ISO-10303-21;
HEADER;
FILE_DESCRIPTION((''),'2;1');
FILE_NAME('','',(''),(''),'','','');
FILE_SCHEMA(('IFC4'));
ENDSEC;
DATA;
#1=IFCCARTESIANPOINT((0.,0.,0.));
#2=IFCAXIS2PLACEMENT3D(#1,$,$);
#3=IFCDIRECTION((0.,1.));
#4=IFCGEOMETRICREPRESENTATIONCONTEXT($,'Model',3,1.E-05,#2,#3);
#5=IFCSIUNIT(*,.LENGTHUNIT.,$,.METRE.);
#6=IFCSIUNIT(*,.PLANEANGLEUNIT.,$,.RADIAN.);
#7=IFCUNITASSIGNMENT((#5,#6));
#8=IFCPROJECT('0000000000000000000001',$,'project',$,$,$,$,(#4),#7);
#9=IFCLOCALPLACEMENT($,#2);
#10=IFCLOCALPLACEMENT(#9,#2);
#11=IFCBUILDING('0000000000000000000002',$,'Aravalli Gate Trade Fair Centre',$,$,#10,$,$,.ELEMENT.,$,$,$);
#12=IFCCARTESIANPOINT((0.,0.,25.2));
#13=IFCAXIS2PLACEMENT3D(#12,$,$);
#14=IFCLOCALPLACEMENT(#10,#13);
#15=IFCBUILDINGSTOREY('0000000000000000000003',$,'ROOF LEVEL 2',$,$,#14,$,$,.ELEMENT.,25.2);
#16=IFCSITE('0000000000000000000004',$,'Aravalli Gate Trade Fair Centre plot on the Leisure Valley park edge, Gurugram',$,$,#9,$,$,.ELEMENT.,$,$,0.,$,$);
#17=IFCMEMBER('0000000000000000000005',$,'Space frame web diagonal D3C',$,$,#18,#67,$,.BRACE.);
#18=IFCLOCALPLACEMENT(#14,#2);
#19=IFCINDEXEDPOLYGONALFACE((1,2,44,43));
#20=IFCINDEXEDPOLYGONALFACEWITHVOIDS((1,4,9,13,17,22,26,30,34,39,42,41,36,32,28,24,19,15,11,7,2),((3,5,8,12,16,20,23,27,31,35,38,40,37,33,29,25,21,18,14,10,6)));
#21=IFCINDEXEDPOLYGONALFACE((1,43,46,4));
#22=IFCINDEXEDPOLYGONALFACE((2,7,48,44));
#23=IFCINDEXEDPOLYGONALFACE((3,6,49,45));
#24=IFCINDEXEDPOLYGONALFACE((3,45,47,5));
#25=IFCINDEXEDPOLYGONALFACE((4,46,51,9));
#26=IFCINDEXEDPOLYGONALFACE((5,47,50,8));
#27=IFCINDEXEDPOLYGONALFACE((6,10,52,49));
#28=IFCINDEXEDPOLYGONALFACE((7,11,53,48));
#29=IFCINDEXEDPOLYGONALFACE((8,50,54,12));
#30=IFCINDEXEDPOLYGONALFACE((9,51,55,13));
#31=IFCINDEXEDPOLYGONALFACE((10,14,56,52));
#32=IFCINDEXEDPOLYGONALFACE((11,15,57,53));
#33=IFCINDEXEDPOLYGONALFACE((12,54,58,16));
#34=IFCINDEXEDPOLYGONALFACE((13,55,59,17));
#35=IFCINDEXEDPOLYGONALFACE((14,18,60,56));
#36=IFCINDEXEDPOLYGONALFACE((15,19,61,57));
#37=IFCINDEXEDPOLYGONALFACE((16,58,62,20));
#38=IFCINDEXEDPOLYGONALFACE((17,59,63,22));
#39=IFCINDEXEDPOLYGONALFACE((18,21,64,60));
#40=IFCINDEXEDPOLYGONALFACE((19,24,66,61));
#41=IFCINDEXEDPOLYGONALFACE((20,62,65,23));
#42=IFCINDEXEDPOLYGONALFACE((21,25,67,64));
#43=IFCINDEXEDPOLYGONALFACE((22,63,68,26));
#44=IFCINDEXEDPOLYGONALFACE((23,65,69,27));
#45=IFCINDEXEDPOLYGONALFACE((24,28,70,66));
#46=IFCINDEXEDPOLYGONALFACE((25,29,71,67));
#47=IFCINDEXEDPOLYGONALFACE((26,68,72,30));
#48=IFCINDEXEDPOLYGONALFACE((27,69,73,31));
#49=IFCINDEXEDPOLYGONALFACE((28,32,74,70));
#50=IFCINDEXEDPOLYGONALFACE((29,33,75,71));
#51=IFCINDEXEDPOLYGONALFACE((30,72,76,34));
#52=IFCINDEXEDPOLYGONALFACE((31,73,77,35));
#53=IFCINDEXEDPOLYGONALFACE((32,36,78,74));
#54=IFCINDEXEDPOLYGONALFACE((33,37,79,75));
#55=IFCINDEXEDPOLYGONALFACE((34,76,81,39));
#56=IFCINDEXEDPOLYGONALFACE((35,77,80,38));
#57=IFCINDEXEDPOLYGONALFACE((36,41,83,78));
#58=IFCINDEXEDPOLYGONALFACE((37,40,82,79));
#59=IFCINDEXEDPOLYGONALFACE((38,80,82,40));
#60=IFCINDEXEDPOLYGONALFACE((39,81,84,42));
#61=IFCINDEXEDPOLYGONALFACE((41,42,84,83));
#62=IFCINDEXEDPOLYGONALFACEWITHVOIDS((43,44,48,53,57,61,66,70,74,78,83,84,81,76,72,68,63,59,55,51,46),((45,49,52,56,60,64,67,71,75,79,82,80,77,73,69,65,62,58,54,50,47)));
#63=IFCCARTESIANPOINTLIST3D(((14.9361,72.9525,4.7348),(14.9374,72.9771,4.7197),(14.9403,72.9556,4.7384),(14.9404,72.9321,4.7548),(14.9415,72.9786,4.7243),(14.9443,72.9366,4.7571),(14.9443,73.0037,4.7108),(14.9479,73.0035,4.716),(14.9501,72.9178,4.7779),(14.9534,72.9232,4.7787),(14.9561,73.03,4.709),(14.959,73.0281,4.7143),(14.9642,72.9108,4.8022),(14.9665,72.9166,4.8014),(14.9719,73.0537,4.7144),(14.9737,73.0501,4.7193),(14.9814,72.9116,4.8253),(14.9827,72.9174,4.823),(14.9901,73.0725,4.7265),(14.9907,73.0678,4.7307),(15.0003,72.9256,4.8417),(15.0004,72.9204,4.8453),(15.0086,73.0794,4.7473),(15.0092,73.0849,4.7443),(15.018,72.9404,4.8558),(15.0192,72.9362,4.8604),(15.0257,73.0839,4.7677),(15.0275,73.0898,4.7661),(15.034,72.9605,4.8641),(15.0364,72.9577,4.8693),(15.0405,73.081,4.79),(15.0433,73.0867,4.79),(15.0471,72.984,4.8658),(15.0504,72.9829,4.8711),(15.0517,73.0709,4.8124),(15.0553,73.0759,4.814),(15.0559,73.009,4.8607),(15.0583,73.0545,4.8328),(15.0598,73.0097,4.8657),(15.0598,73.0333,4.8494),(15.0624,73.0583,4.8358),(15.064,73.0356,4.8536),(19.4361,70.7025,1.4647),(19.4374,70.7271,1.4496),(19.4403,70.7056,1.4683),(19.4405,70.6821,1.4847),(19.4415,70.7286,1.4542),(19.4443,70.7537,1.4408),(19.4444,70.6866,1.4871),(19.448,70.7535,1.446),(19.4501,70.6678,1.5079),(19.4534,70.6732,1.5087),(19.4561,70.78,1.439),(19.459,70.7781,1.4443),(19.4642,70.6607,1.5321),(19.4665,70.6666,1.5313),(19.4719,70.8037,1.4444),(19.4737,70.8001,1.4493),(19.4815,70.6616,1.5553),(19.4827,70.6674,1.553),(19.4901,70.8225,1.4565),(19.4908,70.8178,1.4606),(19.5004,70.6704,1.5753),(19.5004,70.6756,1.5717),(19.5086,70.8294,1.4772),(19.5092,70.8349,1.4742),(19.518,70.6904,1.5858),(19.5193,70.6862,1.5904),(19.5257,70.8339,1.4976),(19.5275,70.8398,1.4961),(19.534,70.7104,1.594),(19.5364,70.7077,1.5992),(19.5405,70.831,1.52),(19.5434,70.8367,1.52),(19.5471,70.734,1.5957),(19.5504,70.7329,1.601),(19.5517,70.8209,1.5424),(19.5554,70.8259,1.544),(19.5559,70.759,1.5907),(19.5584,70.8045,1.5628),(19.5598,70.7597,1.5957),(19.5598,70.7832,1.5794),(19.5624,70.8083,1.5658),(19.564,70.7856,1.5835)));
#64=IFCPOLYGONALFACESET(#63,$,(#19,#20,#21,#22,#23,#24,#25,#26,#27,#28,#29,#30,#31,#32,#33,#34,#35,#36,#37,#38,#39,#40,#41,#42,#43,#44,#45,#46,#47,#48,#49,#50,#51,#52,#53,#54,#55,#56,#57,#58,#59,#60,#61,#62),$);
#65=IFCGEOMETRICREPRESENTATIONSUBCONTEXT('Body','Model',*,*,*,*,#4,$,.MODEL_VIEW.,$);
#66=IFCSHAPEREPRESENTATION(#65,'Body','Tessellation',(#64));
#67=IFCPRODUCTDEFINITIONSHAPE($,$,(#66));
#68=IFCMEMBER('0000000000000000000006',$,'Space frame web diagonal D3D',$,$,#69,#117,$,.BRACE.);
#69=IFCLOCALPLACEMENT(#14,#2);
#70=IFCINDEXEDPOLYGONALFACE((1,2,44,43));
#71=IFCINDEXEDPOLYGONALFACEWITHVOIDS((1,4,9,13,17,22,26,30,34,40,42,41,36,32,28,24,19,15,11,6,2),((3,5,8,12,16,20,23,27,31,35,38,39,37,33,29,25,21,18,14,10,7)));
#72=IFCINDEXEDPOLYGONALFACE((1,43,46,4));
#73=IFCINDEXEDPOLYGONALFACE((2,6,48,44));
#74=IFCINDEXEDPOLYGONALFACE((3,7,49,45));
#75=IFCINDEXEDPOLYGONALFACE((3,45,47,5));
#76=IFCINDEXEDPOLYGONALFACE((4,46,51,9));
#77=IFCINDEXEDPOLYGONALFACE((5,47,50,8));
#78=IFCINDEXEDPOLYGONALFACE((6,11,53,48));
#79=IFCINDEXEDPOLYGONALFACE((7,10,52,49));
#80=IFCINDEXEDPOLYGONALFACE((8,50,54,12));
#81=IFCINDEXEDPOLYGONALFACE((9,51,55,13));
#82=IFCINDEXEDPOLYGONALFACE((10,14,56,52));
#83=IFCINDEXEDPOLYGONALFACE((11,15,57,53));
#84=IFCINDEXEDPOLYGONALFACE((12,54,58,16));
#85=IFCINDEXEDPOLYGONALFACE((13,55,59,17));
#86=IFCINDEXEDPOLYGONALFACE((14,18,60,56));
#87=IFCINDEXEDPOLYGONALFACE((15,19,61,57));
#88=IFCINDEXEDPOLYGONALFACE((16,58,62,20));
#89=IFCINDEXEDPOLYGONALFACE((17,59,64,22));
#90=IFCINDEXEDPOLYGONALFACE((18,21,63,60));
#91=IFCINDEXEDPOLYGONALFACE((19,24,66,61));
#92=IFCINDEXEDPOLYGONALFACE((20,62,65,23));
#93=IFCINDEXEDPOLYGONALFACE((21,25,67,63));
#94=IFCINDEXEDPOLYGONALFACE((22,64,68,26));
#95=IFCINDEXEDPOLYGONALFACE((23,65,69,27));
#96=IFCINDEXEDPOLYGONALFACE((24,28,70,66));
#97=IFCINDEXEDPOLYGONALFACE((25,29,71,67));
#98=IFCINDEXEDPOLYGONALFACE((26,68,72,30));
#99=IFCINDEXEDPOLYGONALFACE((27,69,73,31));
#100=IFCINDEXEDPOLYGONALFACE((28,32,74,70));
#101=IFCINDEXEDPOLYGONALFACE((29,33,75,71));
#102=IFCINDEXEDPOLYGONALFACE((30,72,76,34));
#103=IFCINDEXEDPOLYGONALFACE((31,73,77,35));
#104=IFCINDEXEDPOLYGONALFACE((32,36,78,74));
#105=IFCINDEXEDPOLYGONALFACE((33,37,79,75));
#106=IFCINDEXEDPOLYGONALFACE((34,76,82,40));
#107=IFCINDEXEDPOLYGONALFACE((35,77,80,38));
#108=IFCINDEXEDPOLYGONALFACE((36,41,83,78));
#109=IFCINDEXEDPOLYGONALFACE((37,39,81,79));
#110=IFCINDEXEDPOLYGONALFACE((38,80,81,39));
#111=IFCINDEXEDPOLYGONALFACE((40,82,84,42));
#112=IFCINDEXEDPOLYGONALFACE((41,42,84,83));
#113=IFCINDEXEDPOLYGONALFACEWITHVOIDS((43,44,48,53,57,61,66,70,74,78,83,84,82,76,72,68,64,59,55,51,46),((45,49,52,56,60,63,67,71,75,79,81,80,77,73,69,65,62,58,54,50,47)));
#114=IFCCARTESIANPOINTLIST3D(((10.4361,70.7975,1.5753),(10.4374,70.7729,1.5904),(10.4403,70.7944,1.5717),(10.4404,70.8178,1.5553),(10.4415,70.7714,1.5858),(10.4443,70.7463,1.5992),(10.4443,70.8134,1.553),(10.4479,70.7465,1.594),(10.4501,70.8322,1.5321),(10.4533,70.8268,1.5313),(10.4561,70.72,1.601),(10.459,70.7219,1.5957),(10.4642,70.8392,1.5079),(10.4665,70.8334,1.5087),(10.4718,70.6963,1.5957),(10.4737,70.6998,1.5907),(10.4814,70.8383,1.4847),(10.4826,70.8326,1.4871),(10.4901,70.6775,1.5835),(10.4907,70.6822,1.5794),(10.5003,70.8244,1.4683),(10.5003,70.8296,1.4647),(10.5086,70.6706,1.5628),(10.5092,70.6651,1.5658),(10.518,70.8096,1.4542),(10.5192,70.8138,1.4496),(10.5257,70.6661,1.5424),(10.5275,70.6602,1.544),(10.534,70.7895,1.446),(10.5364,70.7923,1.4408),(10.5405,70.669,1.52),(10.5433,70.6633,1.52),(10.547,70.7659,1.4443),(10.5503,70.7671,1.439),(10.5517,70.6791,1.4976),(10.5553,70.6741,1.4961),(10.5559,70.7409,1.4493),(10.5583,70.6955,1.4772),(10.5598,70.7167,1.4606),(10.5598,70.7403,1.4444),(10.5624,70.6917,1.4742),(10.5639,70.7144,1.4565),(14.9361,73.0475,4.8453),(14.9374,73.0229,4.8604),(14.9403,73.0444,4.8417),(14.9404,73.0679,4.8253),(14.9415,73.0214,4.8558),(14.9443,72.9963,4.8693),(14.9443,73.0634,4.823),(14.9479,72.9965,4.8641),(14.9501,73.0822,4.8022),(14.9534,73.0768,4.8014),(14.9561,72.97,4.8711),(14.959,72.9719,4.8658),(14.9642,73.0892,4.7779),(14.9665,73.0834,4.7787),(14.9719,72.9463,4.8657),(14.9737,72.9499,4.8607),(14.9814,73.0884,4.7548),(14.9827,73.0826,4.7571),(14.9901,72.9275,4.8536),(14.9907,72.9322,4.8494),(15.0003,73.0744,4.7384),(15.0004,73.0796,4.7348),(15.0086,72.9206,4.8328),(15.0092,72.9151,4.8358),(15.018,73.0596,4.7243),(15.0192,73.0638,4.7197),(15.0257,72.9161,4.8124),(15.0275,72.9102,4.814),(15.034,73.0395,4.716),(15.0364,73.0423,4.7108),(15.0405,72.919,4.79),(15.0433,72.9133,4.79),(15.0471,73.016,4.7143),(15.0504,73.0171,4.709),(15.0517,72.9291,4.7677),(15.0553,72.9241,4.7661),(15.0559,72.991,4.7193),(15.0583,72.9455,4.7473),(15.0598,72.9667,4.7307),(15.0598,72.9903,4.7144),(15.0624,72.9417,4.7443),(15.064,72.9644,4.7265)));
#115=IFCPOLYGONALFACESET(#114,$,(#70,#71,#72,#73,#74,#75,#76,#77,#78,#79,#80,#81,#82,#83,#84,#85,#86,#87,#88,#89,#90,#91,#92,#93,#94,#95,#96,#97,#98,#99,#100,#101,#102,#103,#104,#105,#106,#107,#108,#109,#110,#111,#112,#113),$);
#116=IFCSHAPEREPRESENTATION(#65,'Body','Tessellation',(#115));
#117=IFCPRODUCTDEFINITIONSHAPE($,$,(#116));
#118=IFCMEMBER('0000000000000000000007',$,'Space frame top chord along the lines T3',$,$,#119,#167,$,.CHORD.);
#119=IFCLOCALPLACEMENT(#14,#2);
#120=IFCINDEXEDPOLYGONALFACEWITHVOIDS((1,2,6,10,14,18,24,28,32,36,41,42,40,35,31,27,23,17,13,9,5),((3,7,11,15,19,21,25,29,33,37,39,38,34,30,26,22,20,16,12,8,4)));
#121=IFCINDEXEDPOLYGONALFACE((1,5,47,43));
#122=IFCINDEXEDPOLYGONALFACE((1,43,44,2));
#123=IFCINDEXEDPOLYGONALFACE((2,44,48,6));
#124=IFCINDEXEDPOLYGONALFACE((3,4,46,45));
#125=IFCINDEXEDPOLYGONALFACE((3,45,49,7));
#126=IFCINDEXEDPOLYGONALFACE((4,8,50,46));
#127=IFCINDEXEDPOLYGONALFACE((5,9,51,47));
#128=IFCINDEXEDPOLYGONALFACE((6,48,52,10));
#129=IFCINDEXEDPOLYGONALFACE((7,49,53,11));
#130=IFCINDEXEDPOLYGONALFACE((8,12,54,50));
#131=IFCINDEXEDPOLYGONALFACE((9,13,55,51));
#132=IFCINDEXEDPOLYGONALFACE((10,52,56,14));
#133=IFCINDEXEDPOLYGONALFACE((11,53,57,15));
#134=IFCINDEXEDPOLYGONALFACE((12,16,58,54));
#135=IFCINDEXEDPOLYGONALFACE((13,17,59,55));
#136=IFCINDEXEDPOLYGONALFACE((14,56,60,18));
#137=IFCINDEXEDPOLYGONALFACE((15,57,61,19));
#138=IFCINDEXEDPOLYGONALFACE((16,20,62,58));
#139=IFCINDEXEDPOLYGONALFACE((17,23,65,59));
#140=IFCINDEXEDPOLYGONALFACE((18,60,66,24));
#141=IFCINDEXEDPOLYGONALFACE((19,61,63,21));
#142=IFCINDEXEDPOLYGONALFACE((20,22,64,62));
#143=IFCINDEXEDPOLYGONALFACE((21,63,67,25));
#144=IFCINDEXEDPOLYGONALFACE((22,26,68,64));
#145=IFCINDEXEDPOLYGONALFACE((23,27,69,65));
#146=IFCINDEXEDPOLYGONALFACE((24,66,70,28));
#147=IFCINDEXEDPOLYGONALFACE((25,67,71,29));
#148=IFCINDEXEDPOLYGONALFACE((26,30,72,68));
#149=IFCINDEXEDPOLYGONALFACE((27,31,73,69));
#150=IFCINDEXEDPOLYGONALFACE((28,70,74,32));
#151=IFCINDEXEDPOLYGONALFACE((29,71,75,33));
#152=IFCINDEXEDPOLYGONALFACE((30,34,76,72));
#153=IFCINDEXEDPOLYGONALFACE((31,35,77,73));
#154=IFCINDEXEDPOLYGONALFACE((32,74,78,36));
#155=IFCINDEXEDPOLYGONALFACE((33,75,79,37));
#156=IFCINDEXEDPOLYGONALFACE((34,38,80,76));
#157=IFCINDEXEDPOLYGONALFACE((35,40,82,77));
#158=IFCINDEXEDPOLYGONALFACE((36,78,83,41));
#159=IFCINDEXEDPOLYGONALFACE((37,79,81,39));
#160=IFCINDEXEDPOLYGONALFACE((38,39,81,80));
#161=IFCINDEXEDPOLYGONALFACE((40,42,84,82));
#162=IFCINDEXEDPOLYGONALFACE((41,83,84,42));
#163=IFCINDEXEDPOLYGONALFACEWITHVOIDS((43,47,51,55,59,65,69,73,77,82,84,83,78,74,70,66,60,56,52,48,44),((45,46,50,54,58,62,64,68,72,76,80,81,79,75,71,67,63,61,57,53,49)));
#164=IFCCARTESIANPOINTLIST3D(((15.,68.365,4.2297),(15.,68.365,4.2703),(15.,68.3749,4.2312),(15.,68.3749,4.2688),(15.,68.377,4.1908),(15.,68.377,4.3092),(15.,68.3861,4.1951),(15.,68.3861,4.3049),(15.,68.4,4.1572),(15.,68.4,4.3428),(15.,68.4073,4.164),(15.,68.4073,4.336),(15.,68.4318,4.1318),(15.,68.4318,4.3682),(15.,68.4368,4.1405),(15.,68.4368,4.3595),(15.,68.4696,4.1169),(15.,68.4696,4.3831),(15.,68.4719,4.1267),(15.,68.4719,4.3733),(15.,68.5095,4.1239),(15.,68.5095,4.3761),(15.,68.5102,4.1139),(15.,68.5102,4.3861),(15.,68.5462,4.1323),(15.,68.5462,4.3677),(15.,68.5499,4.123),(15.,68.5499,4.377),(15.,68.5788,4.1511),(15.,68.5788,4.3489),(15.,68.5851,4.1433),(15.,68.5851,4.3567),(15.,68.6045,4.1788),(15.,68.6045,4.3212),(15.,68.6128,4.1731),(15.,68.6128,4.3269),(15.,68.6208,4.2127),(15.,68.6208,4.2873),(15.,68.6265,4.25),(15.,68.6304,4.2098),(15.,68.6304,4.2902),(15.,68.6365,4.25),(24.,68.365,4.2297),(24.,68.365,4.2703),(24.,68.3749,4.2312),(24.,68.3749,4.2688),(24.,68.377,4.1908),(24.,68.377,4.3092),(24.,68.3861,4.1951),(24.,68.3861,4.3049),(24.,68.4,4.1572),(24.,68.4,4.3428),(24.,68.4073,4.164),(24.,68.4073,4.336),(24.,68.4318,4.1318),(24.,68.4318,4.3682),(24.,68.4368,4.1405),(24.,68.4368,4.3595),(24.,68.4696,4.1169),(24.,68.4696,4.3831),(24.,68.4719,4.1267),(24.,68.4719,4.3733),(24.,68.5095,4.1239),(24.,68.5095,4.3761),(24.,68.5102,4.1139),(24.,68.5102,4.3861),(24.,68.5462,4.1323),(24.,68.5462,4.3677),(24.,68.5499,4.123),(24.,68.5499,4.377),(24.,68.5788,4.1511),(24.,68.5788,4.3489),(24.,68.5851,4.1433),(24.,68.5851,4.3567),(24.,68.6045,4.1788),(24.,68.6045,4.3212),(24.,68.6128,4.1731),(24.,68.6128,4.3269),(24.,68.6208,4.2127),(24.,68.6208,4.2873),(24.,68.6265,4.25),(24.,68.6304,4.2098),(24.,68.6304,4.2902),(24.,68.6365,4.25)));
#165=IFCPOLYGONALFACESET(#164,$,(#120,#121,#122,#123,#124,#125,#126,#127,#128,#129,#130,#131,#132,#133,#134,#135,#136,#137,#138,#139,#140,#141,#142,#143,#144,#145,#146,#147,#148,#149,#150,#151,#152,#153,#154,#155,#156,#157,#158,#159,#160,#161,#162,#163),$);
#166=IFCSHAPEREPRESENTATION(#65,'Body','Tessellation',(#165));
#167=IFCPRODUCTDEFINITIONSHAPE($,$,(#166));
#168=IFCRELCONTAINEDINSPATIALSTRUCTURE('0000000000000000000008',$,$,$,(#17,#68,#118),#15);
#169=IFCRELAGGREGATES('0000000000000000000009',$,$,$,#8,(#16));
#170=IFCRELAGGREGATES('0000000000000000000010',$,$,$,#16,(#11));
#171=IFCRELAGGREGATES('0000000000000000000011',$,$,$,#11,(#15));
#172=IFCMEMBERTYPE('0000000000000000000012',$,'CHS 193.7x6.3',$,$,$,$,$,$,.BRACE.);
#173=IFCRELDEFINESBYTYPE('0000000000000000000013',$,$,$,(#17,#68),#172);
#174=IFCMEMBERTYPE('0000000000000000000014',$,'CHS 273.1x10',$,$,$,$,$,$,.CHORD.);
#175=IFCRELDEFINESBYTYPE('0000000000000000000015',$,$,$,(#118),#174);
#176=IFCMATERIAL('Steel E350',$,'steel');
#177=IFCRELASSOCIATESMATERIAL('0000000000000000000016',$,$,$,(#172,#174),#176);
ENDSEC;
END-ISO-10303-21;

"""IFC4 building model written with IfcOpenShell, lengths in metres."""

from ifc_helpers import new_model, si_unit, direction, frame, origin, origin_2d, place, context, subcontext, project, spatial, hollow_circle, extrude, material, material_profile, profile_set, type_object, element, save


model = new_model("IFC4")

# Units and contexts
model_context = context("Model", 3, precision=1e-05, world=origin(), true_north=direction((0.0, 1.0)))
body_context = subcontext(model_context, "Body", "Model", "MODEL_VIEW")
ifc_project = project(units=[si_unit("LENGTHUNIT", "METRE"), si_unit("PLANEANGLEUNIT", "RADIAN")], contexts=[model_context])

# Site, building, storey
site_placement = place(None, origin())
site = spatial("IfcSite", under=ifc_project, at=site_placement, Name="Aravalli Gate Trade Fair Centre plot on the Leisure Valley park edge, Gurugram", CompositionType="ELEMENT", RefElevation=0.0)
building_placement = place(site_placement, origin())
building = spatial("IfcBuilding", under=site, at=building_placement, Name="Aravalli Gate Trade Fair Centre", CompositionType="ELEMENT")
storey_placement = place(building_placement, frame((0.0, 0.0, 25.2)))
storey = spatial("IfcBuildingStorey", under=building, at=storey_placement, Name="ROOF LEVEL 2", CompositionType="ELEMENT", Elevation=25.2)

# Members
ifc_material_1 = material(Name="Steel E350", Category="steel")
ifc_material_profile_1 = material_profile(ifc_material_1, hollow_circle(Radius=0.0969, WallThickness=0.0063, at=origin_2d()), Name="CHS 193.7x6.3")
ifc_profile_set_1 = profile_set([ifc_material_profile_1], Name="Steel E350")
member_type_1 = type_object("IfcMemberType", Name="CHS 193.7x6.3", PredefinedType="BRACE", material=ifc_profile_set_1)
for number, where, z_axis, x_axis, name in (
    (1, (15.0, 73.0, 4.79), (0.749942, -0.374971, -0.544961), (0.447214, 0.894427, 0.0), "Space frame web diagonal D3C"),
    (2, (15.0, 73.0, 4.79), (-0.749942, -0.374971, -0.544961), (0.447214, -0.894427, 0.0), "Space frame web diagonal D3D"),
):
    element("IfcMember", number, at=place(storey_placement, frame(where, z_axis=z_axis, x_axis=x_axis)), inside=storey, type_object=member_type_1, Name=name, PredefinedType="BRACE", context=body_context, shape_type="SweptSolid", body=[
        extrude(hollow_circle(Radius=0.0969, WallThickness=0.0063, at=origin_2d()), origin(), (0.0, 0.0, 1.0), 6.0005),
    ])
ifc_material_profile_2 = material_profile(ifc_material_1, hollow_circle(Radius=0.1365, WallThickness=0.01, at=origin_2d()), Name="CHS 273.1x10")
ifc_profile_set_2 = profile_set([ifc_material_profile_2], Name="Steel E350")
member_type_2 = type_object("IfcMemberType", Name="CHS 273.1x10", PredefinedType="CHORD", material=ifc_profile_set_2)
for number, where, z_axis, x_axis, name in (
    (3, (15.0, 68.5, 4.25), (1.0, 0.0, 0.0), (0.0, 1.0, 0.0), "Space frame top chord along the lines T3"),
):
    element("IfcMember", number, at=place(storey_placement, frame(where, z_axis=z_axis, x_axis=x_axis)), inside=storey, type_object=member_type_2, Name=name, PredefinedType="CHORD", context=body_context, shape_type="SweptSolid", body=[
        extrude(hollow_circle(Radius=0.1365, WallThickness=0.01, at=origin_2d()), origin(), (0.0, 0.0, 1.0), 9.0),
    ])

save(model, "model.ifc")
